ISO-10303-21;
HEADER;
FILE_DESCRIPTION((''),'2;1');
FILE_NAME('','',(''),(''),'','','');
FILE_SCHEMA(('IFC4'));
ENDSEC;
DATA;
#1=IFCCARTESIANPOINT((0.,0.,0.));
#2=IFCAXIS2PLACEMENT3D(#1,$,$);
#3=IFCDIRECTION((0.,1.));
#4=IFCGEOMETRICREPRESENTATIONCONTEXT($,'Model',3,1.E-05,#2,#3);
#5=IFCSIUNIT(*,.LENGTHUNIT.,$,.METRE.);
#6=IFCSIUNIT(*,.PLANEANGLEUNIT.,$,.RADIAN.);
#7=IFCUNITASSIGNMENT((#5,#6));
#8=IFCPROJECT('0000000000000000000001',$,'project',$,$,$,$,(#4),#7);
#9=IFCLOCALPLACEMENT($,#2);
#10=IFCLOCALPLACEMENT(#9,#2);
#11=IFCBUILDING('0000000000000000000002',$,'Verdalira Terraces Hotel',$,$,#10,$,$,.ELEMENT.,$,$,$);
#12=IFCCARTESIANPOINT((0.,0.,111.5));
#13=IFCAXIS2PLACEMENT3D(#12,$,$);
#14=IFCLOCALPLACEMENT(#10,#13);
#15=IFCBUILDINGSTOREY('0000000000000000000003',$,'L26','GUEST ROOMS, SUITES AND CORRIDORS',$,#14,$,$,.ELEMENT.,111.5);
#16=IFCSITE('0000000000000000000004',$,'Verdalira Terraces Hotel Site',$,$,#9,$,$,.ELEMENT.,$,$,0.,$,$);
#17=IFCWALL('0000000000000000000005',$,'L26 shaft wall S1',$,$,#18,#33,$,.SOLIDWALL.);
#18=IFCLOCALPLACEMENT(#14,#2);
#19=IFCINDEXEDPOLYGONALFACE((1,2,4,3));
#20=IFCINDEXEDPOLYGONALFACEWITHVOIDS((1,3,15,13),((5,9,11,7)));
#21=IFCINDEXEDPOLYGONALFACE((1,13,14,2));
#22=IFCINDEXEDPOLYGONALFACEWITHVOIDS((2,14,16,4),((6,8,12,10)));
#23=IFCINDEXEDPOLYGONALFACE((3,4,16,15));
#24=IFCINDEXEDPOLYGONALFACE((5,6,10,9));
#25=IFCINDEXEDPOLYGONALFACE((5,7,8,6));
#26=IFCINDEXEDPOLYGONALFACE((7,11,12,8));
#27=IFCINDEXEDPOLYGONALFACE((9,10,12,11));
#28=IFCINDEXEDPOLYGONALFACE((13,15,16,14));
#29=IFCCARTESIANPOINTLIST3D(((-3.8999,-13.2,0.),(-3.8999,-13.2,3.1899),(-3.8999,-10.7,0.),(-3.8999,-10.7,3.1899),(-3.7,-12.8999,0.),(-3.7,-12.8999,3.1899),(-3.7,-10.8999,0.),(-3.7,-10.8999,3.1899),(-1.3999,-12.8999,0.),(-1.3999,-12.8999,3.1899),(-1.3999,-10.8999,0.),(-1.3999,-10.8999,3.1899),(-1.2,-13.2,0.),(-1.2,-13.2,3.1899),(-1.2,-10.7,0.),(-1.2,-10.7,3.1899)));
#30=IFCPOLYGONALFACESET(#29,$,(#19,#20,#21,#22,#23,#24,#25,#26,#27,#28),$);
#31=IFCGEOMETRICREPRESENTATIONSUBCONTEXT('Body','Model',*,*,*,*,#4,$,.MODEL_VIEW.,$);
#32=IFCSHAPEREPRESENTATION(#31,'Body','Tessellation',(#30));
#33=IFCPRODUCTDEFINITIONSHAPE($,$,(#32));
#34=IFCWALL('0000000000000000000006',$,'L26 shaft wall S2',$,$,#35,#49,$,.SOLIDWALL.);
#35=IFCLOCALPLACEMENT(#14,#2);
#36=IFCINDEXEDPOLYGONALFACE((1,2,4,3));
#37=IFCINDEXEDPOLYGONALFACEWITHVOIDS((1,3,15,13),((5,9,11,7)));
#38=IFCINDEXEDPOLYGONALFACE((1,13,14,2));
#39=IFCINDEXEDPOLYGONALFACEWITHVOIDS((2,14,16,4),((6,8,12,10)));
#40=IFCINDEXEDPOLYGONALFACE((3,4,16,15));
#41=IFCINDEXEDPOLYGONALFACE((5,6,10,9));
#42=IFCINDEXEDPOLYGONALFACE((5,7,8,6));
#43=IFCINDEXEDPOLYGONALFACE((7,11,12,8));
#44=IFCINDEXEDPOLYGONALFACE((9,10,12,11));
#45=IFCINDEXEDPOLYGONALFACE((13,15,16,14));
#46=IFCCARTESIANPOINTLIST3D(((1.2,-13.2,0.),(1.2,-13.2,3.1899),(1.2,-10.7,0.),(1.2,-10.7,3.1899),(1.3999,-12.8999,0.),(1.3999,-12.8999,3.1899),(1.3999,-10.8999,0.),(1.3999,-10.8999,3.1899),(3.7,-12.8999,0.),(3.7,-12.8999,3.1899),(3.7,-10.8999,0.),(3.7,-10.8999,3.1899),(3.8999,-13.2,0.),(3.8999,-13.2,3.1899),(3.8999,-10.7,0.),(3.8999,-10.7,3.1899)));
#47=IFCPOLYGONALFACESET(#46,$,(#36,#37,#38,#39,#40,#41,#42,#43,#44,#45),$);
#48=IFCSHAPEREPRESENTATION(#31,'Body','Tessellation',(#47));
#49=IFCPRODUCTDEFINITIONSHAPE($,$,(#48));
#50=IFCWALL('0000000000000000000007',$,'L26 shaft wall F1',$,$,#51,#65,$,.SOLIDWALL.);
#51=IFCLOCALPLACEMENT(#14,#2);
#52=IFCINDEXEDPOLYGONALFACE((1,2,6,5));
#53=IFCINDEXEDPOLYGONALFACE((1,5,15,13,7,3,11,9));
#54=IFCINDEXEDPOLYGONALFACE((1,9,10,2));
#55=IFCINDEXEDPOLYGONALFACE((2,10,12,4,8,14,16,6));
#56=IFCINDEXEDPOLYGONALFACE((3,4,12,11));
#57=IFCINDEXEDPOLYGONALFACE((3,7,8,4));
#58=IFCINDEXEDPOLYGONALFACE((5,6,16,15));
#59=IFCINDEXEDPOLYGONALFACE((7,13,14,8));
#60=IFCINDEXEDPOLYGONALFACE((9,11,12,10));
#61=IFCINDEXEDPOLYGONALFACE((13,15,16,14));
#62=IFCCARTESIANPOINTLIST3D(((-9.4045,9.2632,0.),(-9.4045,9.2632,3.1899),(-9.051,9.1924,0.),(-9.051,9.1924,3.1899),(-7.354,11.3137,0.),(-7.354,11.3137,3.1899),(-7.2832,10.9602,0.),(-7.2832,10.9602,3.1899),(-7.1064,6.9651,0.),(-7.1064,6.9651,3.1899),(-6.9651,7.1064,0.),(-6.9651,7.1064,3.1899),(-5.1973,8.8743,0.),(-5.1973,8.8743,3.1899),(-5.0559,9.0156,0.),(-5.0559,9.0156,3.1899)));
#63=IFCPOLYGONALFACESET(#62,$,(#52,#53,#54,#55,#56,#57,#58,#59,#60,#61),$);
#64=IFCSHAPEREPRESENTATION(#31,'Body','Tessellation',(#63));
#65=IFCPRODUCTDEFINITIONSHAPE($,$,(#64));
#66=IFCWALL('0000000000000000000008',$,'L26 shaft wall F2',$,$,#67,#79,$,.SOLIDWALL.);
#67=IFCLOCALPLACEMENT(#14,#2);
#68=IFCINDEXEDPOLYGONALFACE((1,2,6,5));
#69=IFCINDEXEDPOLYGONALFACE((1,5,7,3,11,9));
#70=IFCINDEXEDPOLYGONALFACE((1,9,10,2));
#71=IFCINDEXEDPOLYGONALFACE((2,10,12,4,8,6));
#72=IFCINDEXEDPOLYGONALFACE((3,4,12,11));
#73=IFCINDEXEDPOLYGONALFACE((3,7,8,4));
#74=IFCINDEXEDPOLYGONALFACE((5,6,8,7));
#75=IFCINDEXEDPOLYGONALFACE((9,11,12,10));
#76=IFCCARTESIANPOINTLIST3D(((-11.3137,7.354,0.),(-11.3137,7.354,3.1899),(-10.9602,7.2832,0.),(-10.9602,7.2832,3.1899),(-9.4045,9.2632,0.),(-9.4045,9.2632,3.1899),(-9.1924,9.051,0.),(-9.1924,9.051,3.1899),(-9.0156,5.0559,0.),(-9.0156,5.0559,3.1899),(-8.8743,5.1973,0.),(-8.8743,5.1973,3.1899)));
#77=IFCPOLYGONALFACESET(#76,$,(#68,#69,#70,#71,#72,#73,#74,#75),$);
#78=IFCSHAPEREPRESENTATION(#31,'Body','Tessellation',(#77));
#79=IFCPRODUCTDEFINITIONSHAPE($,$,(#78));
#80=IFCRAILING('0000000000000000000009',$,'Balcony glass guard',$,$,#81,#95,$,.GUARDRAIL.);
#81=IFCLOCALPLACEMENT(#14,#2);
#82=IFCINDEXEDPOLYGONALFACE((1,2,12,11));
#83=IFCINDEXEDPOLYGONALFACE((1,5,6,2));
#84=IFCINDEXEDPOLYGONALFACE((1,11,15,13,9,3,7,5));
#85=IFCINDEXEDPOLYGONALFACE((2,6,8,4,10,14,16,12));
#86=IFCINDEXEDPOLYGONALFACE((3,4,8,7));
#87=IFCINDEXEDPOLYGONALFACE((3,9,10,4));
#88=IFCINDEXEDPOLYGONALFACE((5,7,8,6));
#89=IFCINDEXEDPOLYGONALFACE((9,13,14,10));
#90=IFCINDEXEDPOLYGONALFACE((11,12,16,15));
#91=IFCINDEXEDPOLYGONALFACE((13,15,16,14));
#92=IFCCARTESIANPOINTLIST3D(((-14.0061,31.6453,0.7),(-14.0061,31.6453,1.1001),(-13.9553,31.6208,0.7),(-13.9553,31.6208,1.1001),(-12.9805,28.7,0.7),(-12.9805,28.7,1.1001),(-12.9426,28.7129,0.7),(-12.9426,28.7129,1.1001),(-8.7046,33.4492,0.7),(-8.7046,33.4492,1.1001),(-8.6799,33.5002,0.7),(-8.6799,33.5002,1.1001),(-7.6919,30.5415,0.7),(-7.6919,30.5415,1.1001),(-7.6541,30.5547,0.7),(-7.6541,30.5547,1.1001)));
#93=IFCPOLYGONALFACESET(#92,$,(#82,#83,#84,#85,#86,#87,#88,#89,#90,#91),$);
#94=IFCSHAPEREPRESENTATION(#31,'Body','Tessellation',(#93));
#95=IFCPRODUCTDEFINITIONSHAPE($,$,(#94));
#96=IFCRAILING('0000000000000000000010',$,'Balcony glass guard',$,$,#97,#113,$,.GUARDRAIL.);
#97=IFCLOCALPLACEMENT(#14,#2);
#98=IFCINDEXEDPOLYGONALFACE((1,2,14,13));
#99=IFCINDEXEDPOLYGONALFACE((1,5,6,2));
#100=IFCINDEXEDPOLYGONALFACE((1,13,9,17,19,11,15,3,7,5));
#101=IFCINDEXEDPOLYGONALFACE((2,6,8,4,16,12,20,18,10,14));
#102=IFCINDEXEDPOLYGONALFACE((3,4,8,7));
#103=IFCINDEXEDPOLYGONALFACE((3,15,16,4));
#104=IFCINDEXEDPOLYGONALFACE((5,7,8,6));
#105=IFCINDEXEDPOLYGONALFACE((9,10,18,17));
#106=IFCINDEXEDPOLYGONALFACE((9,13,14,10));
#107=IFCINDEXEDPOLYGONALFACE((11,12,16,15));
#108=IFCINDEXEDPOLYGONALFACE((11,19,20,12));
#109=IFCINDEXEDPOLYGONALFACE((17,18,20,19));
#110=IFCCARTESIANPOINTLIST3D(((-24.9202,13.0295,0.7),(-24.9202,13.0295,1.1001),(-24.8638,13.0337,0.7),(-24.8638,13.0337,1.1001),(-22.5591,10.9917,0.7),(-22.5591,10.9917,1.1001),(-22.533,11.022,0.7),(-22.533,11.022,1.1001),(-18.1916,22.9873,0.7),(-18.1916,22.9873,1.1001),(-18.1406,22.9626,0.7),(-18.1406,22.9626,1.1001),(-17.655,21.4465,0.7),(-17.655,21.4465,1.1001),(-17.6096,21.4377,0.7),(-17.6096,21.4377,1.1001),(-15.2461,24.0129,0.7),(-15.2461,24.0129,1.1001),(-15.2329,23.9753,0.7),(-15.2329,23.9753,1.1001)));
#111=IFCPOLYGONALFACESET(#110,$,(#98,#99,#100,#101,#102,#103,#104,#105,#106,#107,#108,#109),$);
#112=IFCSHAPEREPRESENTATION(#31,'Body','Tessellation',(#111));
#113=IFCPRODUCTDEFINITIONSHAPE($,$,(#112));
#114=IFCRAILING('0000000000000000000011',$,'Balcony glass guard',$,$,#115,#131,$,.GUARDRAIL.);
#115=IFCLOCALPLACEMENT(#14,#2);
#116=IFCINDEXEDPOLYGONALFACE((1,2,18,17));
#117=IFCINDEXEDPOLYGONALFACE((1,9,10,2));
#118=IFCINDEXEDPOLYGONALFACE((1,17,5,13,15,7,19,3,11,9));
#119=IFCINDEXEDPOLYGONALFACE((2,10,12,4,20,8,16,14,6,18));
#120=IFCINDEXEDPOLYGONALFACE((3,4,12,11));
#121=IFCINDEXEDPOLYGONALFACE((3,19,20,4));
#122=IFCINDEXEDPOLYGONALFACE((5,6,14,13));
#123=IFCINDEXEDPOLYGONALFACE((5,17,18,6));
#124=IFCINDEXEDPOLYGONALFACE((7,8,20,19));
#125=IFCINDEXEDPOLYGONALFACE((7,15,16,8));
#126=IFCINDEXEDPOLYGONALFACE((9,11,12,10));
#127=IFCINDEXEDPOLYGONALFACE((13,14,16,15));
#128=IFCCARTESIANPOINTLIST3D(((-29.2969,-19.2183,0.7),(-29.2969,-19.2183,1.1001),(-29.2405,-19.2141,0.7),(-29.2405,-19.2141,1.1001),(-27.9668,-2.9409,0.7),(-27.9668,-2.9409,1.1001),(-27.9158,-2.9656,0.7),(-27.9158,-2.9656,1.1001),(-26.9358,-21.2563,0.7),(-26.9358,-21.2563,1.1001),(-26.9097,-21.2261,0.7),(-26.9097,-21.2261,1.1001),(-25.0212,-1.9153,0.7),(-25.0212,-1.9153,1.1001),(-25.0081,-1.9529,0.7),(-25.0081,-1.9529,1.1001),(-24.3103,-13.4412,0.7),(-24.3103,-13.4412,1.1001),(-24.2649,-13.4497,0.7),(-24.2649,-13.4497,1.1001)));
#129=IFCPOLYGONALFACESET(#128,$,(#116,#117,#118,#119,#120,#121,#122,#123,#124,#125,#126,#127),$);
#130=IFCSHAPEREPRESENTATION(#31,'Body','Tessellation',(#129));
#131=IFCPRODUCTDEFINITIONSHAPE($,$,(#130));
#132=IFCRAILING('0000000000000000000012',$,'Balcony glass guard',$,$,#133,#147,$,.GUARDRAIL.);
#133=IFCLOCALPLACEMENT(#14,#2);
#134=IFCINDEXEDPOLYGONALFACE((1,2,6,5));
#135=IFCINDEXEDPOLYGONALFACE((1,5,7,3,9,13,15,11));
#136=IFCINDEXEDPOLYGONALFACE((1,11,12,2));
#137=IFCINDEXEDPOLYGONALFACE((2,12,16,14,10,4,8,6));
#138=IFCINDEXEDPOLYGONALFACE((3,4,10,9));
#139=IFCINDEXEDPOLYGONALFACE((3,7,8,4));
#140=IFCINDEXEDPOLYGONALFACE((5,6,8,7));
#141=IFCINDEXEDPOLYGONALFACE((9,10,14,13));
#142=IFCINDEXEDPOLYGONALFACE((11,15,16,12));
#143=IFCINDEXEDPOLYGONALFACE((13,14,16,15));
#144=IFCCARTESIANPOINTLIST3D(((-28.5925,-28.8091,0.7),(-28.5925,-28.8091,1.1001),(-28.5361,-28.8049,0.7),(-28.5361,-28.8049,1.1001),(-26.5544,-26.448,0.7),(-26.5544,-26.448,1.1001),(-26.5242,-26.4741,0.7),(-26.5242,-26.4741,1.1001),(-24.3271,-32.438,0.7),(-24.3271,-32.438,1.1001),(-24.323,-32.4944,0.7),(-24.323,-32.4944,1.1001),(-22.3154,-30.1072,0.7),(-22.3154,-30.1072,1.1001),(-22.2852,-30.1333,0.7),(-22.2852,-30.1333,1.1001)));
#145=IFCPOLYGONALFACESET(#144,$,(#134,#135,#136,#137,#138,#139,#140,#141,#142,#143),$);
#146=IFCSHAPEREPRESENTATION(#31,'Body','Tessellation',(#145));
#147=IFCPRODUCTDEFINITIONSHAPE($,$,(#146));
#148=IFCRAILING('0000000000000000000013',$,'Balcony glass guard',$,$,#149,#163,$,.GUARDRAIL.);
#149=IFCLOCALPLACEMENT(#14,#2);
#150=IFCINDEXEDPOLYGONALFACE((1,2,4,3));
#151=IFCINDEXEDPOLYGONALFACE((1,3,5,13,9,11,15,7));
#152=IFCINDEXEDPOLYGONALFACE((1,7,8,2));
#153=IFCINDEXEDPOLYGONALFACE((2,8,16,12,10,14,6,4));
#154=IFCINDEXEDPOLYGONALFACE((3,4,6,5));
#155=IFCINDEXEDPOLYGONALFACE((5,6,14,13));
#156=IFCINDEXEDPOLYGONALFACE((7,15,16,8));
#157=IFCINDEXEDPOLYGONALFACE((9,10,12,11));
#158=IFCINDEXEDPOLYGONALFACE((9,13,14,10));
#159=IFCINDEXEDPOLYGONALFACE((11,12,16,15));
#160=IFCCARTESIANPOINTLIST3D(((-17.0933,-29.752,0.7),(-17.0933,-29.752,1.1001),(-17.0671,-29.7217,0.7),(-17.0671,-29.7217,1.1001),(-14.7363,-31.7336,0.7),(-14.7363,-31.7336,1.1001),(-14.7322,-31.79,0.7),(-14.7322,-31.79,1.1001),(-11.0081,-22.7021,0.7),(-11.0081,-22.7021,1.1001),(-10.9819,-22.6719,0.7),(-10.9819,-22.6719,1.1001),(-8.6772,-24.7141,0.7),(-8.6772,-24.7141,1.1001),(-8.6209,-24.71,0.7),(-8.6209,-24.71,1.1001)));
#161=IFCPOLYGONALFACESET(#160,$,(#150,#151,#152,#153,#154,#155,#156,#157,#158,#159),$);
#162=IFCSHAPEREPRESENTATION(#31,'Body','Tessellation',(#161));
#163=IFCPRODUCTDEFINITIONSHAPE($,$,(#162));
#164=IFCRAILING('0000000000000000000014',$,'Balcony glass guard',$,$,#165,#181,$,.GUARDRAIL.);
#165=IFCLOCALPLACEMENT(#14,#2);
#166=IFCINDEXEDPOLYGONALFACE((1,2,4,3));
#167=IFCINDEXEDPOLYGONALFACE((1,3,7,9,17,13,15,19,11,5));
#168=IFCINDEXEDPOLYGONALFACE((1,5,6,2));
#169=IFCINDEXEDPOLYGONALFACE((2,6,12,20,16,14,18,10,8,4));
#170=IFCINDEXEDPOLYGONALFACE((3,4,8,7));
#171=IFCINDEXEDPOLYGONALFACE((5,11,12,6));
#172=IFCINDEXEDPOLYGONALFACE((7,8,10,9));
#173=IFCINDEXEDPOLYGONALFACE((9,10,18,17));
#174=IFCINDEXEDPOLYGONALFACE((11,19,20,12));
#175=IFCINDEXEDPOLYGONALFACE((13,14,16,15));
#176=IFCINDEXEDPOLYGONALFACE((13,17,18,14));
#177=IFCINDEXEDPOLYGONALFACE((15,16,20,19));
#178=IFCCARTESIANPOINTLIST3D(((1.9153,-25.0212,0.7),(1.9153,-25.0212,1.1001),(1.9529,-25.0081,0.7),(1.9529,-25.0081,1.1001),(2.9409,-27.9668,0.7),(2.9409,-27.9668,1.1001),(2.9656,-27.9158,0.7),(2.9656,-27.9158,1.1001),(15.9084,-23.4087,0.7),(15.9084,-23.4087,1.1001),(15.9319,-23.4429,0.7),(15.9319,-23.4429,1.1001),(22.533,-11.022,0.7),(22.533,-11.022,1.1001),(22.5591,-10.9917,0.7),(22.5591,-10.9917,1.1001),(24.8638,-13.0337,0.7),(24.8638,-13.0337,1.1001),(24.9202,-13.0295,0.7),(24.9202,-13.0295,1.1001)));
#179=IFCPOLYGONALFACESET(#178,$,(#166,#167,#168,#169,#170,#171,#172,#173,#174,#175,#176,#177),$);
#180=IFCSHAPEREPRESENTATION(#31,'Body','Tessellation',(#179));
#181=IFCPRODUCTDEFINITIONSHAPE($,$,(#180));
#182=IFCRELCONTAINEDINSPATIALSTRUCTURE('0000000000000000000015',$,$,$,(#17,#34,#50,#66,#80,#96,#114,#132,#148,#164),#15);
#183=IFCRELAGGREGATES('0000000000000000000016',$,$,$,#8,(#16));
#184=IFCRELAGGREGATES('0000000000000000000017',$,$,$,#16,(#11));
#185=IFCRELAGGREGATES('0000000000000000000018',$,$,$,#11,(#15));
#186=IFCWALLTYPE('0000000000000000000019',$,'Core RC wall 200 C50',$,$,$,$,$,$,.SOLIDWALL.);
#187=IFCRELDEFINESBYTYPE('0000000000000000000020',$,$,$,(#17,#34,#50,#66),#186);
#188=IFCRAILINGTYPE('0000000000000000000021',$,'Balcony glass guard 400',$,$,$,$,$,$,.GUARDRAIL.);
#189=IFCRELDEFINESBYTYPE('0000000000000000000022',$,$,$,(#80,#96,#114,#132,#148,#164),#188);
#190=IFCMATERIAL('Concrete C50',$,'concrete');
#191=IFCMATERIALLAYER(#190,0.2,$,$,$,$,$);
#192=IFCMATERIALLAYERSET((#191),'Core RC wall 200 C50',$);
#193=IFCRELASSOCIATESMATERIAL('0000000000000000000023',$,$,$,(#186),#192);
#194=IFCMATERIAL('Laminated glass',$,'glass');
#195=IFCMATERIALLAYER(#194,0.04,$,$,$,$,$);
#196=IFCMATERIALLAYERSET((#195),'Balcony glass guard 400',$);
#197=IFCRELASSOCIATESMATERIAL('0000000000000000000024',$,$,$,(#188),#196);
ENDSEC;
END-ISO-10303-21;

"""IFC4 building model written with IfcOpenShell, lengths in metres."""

from ifc_helpers import new_model, si_unit, direction, frame, origin, place, context, subcontext, project, spatial, polyline, outline, extrude, material, layer, layer_set, type_object, element, save


model = new_model("IFC4")

# Units and contexts
model_context = context("Model", 3, precision=1e-05, world=origin(), true_north=direction((0.0, 1.0)))
body_context = subcontext(model_context, "Body", "Model", "MODEL_VIEW")
ifc_project = project(units=[si_unit("LENGTHUNIT", "METRE"), si_unit("PLANEANGLEUNIT", "RADIAN")], contexts=[model_context])

# Site, building, storey
site_placement = place(None, origin())
site = spatial("IfcSite", under=ifc_project, at=site_placement, Name="Verdalira Terraces Hotel Site", CompositionType="ELEMENT", RefElevation=0.0)
building_placement = place(site_placement, origin())
building = spatial("IfcBuilding", under=site, at=building_placement, Name="Verdalira Terraces Hotel", CompositionType="ELEMENT")
storey_placement = place(building_placement, frame((0.0, 0.0, 111.5)))
storey = spatial("IfcBuildingStorey", under=building, at=storey_placement, Name="L26", Description="GUEST ROOMS, SUITES AND CORRIDORS", CompositionType="ELEMENT", Elevation=111.5)

# Walls
ifc_material_1 = material(Name="Concrete C50", Category="concrete")
ifc_layer_1 = layer(ifc_material_1, 0.2)
ifc_layer_set_1 = layer_set([ifc_layer_1], Name="Core RC wall 200 C50")
wall_type_1 = type_object("IfcWallType", Name="Core RC wall 200 C50", PredefinedType="SOLIDWALL", material=ifc_layer_set_1)
wall_1_placement = place(storey_placement, origin())
element("IfcWall", 1, at=wall_1_placement, inside=storey, type_object=wall_type_1, Name="L26 shaft wall S1", PredefinedType="SOLIDWALL", context=body_context, shape_type="SweptSolid", body=[
    extrude(outline(polyline([(-1.2, -13.2), (-3.8999, -13.2), (-3.8999, -10.7), (-1.2, -10.7), (-1.2, -13.2)]), holes=[polyline([(-3.7, -10.8999), (-3.7, -12.8999), (-1.3999, -12.8999), (-1.3999, -10.8999), (-3.7, -10.8999)])]), origin(), (0.0, 0.0, 1.0), 3.1899),
])
wall_2_placement = place(storey_placement, origin())
element("IfcWall", 2, at=wall_2_placement, inside=storey, type_object=wall_type_1, Name="L26 shaft wall S2", PredefinedType="SOLIDWALL", context=body_context, shape_type="SweptSolid", body=[
    extrude(outline(polyline([(3.8999, -10.7), (3.8999, -13.2), (1.2, -13.2), (1.2, -10.7), (3.8999, -10.7)]), holes=[polyline([(1.3999, -12.8999), (3.7, -12.8999), (3.7, -10.8999), (1.3999, -10.8999), (1.3999, -12.8999)])]), origin(), (0.0, 0.0, 1.0), 3.1899),
])
wall_3_placement = place(storey_placement, origin())
element("IfcWall", 3, at=wall_3_placement, inside=storey, type_object=wall_type_1, Name="L26 shaft wall F1", PredefinedType="SOLIDWALL", context=body_context, shape_type="SweptSolid", body=[
    extrude(outline(polyline([(-9.4045, 9.2632), (-7.354, 11.3137), (-5.0559, 9.0156), (-5.1973, 8.8743), (-7.2832, 10.9602), (-9.051, 9.1924), (-6.9651, 7.1064), (-7.1064, 6.9651), (-9.4045, 9.2632)])), origin(), (0.0, 0.0, 1.0), 3.1899),
])
wall_4_placement = place(storey_placement, origin())
element("IfcWall", 4, at=wall_4_placement, inside=storey, type_object=wall_type_1, Name="L26 shaft wall F2", PredefinedType="SOLIDWALL", context=body_context, shape_type="SweptSolid", body=[
    extrude(outline(polyline([(-11.3137, 7.354), (-9.4045, 9.2632), (-9.1924, 9.051), (-10.9602, 7.2832), (-8.8743, 5.1973), (-9.0156, 5.0559), (-11.3137, 7.354)])), origin(), (0.0, 0.0, 1.0), 3.1899),
])

# Railings
ifc_material_2 = material(Name="Laminated glass", Category="glass")
ifc_layer_2 = layer(ifc_material_2, 0.04)
ifc_layer_set_2 = layer_set([ifc_layer_2], Name="Balcony glass guard 400")
railing_type = type_object("IfcRailingType", Name="Balcony glass guard 400", PredefinedType="GUARDRAIL", material=ifc_layer_set_2)
railing_1_placement = place(storey_placement, frame((0.0, 0.0, 0.7)))
element("IfcRailing", 5, at=railing_1_placement, inside=storey, type_object=railing_type, Name="Balcony glass guard", PredefinedType="GUARDRAIL", context=body_context, shape_type="SweptSolid", body=[
    extrude(outline(polyline([(-8.7046, 33.4492), (-13.9553, 31.6209), (-12.9426, 28.7129), (-12.9805, 28.7), (-14.0061, 31.6453), (-8.6799, 33.5002), (-7.6541, 30.5547), (-7.6919, 30.5415), (-8.7046, 33.4492)])), origin(), (0.0, 0.0, 1.0), 0.4001),
])
railing_2_placement = place(storey_placement, frame((0.0, 0.0, 0.7)))
element("IfcRailing", 6, at=railing_2_placement, inside=storey, type_object=railing_type, Name="Balcony glass guard", PredefinedType="GUARDRAIL", context=body_context, shape_type="SweptSolid", body=[
    extrude(outline(polyline([(-18.1406, 22.9626), (-17.6096, 21.4377), (-24.8638, 13.0337), (-22.533, 11.022), (-22.5591, 10.9917), (-24.9202, 13.0295), (-17.655, 21.4465), (-18.1916, 22.9873), (-15.2461, 24.0129), (-15.2329, 23.9753), (-18.1406, 22.9626)])), origin(), (0.0, 0.0, 1.0), 0.4001),
])
railing_3_placement = place(storey_placement, frame((0.0, 0.0, 0.7)))
element("IfcRailing", 7, at=railing_3_placement, inside=storey, type_object=railing_type, Name="Balcony glass guard", PredefinedType="GUARDRAIL", context=body_context, shape_type="SweptSolid", body=[
    extrude(outline(polyline([(-27.9158, -2.9656), (-24.2649, -13.4497), (-29.2405, -19.2141), (-26.9097, -21.2261), (-26.9358, -21.2563), (-29.2969, -19.2183), (-24.3103, -13.4412), (-27.9668, -2.9409), (-25.0212, -1.9153), (-25.0081, -1.9529), (-27.9158, -2.9656)])), origin(), (0.0, 0.0, 1.0), 0.4001),
])
railing_4_placement = place(storey_placement, frame((0.0, 0.0, 0.7)))
element("IfcRailing", 8, at=railing_4_placement, inside=storey, type_object=railing_type, Name="Balcony glass guard", PredefinedType="GUARDRAIL", context=body_context, shape_type="SweptSolid", body=[
    extrude(outline(polyline([(-28.5361, -28.8049), (-24.3271, -32.438), (-22.3154, -30.1072), (-22.2852, -30.1333), (-24.323, -32.4944), (-28.5925, -28.8091), (-26.5544, -26.448), (-26.5242, -26.4741), (-28.5361, -28.8049)])), origin(), (0.0, 0.0, 1.0), 0.4001),
])
railing_5_placement = place(storey_placement, frame((0.0, 0.0, 0.7)))
element("IfcRailing", 9, at=railing_5_placement, inside=storey, type_object=railing_type, Name="Balcony glass guard", PredefinedType="GUARDRAIL", context=body_context, shape_type="SweptSolid", body=[
    extrude(outline(polyline([(-14.7363, -31.7336), (-8.6772, -24.7141), (-11.0081, -22.7021), (-10.9819, -22.6719), (-8.6209, -24.71), (-14.7322, -31.79), (-17.0933, -29.752), (-17.0671, -29.7217), (-14.7363, -31.7336)])), origin(), (0.0, 0.0, 1.0), 0.4001),
])
railing_6_placement = place(storey_placement, frame((0.0, 0.0, 0.7)))
element("IfcRailing", 10, at=railing_6_placement, inside=storey, type_object=railing_type, Name="Balcony glass guard", PredefinedType="GUARDRAIL", context=body_context, shape_type="SweptSolid", body=[
    extrude(outline(polyline([(2.9656, -27.9158), (15.9084, -23.4087), (24.8638, -13.0337), (22.533, -11.022), (22.5591, -10.9917), (24.9202, -13.0295), (15.9319, -23.4429), (2.9409, -27.9668), (1.9153, -25.0212), (1.9529, -25.0081), (2.9656, -27.9158)])), origin(), (0.0, 0.0, 1.0), 0.4001),
])

save(model, "model.ifc")
